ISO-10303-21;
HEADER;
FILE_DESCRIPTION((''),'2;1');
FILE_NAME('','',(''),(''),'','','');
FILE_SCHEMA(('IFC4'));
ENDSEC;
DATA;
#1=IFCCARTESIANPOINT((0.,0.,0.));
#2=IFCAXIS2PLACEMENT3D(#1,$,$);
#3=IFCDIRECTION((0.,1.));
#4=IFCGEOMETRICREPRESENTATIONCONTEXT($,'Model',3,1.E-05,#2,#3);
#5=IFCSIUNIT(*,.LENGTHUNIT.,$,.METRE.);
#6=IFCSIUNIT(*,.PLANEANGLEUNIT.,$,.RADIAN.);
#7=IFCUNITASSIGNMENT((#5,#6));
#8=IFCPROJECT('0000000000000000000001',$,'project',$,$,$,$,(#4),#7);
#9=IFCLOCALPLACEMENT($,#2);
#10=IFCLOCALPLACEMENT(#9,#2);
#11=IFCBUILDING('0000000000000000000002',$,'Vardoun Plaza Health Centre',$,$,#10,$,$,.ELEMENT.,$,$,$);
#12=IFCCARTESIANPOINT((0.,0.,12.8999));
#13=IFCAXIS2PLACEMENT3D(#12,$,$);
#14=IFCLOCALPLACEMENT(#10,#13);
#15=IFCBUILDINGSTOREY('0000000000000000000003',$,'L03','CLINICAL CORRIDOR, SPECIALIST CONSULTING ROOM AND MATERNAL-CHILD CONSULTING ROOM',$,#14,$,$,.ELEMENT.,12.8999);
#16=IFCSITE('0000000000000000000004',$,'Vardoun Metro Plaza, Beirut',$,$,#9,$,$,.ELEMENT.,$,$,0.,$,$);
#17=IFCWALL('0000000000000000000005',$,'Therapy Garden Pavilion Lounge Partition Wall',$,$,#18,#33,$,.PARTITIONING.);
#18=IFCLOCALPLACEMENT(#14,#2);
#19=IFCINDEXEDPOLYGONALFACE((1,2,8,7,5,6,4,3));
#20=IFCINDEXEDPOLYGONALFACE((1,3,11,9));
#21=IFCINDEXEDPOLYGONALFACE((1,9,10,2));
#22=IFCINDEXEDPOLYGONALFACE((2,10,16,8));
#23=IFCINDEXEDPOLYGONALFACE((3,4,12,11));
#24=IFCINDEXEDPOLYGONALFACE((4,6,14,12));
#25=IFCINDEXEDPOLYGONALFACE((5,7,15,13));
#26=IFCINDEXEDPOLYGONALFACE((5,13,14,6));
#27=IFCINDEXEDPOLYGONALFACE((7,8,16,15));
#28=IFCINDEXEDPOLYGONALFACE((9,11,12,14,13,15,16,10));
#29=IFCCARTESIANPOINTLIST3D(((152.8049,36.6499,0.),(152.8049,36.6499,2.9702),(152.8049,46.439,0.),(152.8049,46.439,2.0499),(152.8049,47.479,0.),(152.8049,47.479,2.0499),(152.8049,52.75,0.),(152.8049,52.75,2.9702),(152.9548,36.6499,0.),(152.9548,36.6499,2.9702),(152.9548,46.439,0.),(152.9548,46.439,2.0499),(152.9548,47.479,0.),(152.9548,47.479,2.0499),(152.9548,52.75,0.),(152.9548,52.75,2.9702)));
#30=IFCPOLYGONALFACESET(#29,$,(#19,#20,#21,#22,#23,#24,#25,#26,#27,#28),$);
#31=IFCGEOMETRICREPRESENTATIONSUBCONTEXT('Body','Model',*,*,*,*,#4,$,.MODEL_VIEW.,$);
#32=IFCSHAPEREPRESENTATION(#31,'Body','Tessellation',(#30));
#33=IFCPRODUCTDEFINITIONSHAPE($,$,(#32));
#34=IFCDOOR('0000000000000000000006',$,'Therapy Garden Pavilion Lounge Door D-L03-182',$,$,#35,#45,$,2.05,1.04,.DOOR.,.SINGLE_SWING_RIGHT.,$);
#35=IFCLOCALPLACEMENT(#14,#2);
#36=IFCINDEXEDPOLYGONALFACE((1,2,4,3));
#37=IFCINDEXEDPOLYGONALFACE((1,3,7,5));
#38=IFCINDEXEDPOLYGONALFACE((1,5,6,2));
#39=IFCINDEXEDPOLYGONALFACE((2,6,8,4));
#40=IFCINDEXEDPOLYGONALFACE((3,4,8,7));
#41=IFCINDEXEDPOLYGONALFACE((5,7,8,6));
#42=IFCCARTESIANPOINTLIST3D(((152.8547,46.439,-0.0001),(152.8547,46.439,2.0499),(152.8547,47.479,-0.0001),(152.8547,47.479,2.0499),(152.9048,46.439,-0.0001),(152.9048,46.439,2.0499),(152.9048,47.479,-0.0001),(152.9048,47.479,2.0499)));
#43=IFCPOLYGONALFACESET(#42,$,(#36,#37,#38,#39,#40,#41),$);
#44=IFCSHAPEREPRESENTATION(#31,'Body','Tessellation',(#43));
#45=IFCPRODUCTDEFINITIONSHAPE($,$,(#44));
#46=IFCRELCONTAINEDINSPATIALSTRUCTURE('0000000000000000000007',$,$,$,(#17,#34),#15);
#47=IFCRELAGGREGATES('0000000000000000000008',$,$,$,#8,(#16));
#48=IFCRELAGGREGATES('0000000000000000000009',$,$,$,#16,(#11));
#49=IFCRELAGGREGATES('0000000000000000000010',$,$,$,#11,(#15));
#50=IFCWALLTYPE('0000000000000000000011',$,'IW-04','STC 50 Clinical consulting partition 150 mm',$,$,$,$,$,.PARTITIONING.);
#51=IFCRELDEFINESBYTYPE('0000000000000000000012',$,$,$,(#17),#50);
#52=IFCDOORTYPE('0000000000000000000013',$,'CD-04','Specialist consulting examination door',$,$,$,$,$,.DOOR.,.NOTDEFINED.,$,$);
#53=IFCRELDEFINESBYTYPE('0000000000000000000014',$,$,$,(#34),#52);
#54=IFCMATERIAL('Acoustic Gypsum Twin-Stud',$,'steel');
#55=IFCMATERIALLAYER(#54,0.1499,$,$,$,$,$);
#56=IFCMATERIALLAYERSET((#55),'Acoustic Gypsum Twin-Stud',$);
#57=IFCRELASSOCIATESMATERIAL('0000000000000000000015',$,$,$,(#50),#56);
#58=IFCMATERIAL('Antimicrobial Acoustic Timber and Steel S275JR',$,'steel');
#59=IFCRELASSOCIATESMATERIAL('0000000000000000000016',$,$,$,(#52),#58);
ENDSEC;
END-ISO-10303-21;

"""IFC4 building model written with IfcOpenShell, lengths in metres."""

from ifc_helpers import new_model, si_unit, direction, frame, frame_2d, origin, place, context, subcontext, project, spatial, rectangle, extrude, material, layer, layer_set, type_object, element, fill, save


model = new_model("IFC4")

# Units and contexts
model_context = context("Model", 3, precision=1e-05, world=origin(), true_north=direction((0.0, 1.0)))
body_context = subcontext(model_context, "Body", "Model", "MODEL_VIEW")
ifc_project = project(units=[si_unit("LENGTHUNIT", "METRE"), si_unit("PLANEANGLEUNIT", "RADIAN")], contexts=[model_context])

# Site, building, storey
site_placement = place(None, origin())
site = spatial("IfcSite", under=ifc_project, at=site_placement, Name="Vardoun Metro Plaza, Beirut", CompositionType="ELEMENT", RefElevation=0.0)
building_placement = place(site_placement, origin())
building = spatial("IfcBuilding", under=site, at=building_placement, Name="Vardoun Plaza Health Centre", CompositionType="ELEMENT")
storey_placement = place(building_placement, frame((0.0, 0.0, 12.8999)))
storey = spatial("IfcBuildingStorey", under=building, at=storey_placement, Name="L03", Description="CLINICAL CORRIDOR, SPECIALIST CONSULTING ROOM AND MATERNAL-CHILD CONSULTING ROOM", CompositionType="ELEMENT", Elevation=12.8999)

# Wall, opening, door
ifc_material_1 = material(Name="Acoustic Gypsum Twin-Stud", Category="steel")
ifc_layer_1 = layer(ifc_material_1, 0.1499)
ifc_layer_set_1 = layer_set([ifc_layer_1], Name="Acoustic Gypsum Twin-Stud")
wall_type_1 = type_object("IfcWallType", Name="IW-04", Description="STC 50 Clinical consulting partition 150 mm", PredefinedType="PARTITIONING", material=ifc_layer_set_1)
wall_1_placement = place(storey_placement, frame((152.8799, 52.75, 0.0), z_axis=(0.0, 0.0, 1.0), x_axis=(0.0, -1.0, 0.0)))
wall_1 = element("IfcWall", 1, at=wall_1_placement, inside=storey, type_object=wall_type_1, Name="Therapy Garden Pavilion Lounge Partition Wall", PredefinedType="PARTITIONING", context=body_context, shape_type="SweptSolid", body=[
    extrude(rectangle(XDim=16.1001, YDim=0.1499, at=frame_2d((8.05, 0.0))), origin(), (0.0, 0.0, 1.0), 2.9702),
])
opening_1_placement = place(wall_1_placement, frame((5.271, 0.0, 0.0)))
opening_1 = element("IfcOpeningElement", 2, at=opening_1_placement, cuts=wall_1, PredefinedType="OPENING", context=body_context, shape_type="SweptSolid", body=[
    extrude(rectangle(XDim=1.04, YDim=2.05, at=frame_2d((0.52, 1.0249))), frame((0.0, 0.075, 0.0), z_axis=(0.0, -1.0, 0.0), x_axis=(1.0, 0.0, 0.0)), (0.0, 0.0, 1.0), 0.1499),
])
ifc_material_2 = material(Name="Antimicrobial Acoustic Timber and Steel S275JR", Category="steel")
door_type_1 = type_object("IfcDoorType", Name="CD-04", Description="Specialist consulting examination door", OperationType="NOTDEFINED", PredefinedType="DOOR", material=ifc_material_2)
door_1_placement = place(opening_1_placement, origin())
door_1 = element("IfcDoor", 3, at=door_1_placement, inside=storey, type_object=door_type_1, Name="Therapy Garden Pavilion Lounge Door D-L03-182", OperationType="SINGLE_SWING_RIGHT", OverallHeight=2.05, OverallWidth=1.04, PredefinedType="DOOR", context=body_context, shape_type="SweptSolid", body=[
    extrude(rectangle(XDim=1.04, YDim=2.05, at=frame_2d((0.52, 1.0249))), frame((0.0, 0.0249, 0.0), z_axis=(0.0, -1.0, 0.0), x_axis=(1.0, 0.0, 0.0)), (0.0, 0.0, 1.0), 0.05),
])
fill(opening_1, door_1)

save(model, "model.ifc")
